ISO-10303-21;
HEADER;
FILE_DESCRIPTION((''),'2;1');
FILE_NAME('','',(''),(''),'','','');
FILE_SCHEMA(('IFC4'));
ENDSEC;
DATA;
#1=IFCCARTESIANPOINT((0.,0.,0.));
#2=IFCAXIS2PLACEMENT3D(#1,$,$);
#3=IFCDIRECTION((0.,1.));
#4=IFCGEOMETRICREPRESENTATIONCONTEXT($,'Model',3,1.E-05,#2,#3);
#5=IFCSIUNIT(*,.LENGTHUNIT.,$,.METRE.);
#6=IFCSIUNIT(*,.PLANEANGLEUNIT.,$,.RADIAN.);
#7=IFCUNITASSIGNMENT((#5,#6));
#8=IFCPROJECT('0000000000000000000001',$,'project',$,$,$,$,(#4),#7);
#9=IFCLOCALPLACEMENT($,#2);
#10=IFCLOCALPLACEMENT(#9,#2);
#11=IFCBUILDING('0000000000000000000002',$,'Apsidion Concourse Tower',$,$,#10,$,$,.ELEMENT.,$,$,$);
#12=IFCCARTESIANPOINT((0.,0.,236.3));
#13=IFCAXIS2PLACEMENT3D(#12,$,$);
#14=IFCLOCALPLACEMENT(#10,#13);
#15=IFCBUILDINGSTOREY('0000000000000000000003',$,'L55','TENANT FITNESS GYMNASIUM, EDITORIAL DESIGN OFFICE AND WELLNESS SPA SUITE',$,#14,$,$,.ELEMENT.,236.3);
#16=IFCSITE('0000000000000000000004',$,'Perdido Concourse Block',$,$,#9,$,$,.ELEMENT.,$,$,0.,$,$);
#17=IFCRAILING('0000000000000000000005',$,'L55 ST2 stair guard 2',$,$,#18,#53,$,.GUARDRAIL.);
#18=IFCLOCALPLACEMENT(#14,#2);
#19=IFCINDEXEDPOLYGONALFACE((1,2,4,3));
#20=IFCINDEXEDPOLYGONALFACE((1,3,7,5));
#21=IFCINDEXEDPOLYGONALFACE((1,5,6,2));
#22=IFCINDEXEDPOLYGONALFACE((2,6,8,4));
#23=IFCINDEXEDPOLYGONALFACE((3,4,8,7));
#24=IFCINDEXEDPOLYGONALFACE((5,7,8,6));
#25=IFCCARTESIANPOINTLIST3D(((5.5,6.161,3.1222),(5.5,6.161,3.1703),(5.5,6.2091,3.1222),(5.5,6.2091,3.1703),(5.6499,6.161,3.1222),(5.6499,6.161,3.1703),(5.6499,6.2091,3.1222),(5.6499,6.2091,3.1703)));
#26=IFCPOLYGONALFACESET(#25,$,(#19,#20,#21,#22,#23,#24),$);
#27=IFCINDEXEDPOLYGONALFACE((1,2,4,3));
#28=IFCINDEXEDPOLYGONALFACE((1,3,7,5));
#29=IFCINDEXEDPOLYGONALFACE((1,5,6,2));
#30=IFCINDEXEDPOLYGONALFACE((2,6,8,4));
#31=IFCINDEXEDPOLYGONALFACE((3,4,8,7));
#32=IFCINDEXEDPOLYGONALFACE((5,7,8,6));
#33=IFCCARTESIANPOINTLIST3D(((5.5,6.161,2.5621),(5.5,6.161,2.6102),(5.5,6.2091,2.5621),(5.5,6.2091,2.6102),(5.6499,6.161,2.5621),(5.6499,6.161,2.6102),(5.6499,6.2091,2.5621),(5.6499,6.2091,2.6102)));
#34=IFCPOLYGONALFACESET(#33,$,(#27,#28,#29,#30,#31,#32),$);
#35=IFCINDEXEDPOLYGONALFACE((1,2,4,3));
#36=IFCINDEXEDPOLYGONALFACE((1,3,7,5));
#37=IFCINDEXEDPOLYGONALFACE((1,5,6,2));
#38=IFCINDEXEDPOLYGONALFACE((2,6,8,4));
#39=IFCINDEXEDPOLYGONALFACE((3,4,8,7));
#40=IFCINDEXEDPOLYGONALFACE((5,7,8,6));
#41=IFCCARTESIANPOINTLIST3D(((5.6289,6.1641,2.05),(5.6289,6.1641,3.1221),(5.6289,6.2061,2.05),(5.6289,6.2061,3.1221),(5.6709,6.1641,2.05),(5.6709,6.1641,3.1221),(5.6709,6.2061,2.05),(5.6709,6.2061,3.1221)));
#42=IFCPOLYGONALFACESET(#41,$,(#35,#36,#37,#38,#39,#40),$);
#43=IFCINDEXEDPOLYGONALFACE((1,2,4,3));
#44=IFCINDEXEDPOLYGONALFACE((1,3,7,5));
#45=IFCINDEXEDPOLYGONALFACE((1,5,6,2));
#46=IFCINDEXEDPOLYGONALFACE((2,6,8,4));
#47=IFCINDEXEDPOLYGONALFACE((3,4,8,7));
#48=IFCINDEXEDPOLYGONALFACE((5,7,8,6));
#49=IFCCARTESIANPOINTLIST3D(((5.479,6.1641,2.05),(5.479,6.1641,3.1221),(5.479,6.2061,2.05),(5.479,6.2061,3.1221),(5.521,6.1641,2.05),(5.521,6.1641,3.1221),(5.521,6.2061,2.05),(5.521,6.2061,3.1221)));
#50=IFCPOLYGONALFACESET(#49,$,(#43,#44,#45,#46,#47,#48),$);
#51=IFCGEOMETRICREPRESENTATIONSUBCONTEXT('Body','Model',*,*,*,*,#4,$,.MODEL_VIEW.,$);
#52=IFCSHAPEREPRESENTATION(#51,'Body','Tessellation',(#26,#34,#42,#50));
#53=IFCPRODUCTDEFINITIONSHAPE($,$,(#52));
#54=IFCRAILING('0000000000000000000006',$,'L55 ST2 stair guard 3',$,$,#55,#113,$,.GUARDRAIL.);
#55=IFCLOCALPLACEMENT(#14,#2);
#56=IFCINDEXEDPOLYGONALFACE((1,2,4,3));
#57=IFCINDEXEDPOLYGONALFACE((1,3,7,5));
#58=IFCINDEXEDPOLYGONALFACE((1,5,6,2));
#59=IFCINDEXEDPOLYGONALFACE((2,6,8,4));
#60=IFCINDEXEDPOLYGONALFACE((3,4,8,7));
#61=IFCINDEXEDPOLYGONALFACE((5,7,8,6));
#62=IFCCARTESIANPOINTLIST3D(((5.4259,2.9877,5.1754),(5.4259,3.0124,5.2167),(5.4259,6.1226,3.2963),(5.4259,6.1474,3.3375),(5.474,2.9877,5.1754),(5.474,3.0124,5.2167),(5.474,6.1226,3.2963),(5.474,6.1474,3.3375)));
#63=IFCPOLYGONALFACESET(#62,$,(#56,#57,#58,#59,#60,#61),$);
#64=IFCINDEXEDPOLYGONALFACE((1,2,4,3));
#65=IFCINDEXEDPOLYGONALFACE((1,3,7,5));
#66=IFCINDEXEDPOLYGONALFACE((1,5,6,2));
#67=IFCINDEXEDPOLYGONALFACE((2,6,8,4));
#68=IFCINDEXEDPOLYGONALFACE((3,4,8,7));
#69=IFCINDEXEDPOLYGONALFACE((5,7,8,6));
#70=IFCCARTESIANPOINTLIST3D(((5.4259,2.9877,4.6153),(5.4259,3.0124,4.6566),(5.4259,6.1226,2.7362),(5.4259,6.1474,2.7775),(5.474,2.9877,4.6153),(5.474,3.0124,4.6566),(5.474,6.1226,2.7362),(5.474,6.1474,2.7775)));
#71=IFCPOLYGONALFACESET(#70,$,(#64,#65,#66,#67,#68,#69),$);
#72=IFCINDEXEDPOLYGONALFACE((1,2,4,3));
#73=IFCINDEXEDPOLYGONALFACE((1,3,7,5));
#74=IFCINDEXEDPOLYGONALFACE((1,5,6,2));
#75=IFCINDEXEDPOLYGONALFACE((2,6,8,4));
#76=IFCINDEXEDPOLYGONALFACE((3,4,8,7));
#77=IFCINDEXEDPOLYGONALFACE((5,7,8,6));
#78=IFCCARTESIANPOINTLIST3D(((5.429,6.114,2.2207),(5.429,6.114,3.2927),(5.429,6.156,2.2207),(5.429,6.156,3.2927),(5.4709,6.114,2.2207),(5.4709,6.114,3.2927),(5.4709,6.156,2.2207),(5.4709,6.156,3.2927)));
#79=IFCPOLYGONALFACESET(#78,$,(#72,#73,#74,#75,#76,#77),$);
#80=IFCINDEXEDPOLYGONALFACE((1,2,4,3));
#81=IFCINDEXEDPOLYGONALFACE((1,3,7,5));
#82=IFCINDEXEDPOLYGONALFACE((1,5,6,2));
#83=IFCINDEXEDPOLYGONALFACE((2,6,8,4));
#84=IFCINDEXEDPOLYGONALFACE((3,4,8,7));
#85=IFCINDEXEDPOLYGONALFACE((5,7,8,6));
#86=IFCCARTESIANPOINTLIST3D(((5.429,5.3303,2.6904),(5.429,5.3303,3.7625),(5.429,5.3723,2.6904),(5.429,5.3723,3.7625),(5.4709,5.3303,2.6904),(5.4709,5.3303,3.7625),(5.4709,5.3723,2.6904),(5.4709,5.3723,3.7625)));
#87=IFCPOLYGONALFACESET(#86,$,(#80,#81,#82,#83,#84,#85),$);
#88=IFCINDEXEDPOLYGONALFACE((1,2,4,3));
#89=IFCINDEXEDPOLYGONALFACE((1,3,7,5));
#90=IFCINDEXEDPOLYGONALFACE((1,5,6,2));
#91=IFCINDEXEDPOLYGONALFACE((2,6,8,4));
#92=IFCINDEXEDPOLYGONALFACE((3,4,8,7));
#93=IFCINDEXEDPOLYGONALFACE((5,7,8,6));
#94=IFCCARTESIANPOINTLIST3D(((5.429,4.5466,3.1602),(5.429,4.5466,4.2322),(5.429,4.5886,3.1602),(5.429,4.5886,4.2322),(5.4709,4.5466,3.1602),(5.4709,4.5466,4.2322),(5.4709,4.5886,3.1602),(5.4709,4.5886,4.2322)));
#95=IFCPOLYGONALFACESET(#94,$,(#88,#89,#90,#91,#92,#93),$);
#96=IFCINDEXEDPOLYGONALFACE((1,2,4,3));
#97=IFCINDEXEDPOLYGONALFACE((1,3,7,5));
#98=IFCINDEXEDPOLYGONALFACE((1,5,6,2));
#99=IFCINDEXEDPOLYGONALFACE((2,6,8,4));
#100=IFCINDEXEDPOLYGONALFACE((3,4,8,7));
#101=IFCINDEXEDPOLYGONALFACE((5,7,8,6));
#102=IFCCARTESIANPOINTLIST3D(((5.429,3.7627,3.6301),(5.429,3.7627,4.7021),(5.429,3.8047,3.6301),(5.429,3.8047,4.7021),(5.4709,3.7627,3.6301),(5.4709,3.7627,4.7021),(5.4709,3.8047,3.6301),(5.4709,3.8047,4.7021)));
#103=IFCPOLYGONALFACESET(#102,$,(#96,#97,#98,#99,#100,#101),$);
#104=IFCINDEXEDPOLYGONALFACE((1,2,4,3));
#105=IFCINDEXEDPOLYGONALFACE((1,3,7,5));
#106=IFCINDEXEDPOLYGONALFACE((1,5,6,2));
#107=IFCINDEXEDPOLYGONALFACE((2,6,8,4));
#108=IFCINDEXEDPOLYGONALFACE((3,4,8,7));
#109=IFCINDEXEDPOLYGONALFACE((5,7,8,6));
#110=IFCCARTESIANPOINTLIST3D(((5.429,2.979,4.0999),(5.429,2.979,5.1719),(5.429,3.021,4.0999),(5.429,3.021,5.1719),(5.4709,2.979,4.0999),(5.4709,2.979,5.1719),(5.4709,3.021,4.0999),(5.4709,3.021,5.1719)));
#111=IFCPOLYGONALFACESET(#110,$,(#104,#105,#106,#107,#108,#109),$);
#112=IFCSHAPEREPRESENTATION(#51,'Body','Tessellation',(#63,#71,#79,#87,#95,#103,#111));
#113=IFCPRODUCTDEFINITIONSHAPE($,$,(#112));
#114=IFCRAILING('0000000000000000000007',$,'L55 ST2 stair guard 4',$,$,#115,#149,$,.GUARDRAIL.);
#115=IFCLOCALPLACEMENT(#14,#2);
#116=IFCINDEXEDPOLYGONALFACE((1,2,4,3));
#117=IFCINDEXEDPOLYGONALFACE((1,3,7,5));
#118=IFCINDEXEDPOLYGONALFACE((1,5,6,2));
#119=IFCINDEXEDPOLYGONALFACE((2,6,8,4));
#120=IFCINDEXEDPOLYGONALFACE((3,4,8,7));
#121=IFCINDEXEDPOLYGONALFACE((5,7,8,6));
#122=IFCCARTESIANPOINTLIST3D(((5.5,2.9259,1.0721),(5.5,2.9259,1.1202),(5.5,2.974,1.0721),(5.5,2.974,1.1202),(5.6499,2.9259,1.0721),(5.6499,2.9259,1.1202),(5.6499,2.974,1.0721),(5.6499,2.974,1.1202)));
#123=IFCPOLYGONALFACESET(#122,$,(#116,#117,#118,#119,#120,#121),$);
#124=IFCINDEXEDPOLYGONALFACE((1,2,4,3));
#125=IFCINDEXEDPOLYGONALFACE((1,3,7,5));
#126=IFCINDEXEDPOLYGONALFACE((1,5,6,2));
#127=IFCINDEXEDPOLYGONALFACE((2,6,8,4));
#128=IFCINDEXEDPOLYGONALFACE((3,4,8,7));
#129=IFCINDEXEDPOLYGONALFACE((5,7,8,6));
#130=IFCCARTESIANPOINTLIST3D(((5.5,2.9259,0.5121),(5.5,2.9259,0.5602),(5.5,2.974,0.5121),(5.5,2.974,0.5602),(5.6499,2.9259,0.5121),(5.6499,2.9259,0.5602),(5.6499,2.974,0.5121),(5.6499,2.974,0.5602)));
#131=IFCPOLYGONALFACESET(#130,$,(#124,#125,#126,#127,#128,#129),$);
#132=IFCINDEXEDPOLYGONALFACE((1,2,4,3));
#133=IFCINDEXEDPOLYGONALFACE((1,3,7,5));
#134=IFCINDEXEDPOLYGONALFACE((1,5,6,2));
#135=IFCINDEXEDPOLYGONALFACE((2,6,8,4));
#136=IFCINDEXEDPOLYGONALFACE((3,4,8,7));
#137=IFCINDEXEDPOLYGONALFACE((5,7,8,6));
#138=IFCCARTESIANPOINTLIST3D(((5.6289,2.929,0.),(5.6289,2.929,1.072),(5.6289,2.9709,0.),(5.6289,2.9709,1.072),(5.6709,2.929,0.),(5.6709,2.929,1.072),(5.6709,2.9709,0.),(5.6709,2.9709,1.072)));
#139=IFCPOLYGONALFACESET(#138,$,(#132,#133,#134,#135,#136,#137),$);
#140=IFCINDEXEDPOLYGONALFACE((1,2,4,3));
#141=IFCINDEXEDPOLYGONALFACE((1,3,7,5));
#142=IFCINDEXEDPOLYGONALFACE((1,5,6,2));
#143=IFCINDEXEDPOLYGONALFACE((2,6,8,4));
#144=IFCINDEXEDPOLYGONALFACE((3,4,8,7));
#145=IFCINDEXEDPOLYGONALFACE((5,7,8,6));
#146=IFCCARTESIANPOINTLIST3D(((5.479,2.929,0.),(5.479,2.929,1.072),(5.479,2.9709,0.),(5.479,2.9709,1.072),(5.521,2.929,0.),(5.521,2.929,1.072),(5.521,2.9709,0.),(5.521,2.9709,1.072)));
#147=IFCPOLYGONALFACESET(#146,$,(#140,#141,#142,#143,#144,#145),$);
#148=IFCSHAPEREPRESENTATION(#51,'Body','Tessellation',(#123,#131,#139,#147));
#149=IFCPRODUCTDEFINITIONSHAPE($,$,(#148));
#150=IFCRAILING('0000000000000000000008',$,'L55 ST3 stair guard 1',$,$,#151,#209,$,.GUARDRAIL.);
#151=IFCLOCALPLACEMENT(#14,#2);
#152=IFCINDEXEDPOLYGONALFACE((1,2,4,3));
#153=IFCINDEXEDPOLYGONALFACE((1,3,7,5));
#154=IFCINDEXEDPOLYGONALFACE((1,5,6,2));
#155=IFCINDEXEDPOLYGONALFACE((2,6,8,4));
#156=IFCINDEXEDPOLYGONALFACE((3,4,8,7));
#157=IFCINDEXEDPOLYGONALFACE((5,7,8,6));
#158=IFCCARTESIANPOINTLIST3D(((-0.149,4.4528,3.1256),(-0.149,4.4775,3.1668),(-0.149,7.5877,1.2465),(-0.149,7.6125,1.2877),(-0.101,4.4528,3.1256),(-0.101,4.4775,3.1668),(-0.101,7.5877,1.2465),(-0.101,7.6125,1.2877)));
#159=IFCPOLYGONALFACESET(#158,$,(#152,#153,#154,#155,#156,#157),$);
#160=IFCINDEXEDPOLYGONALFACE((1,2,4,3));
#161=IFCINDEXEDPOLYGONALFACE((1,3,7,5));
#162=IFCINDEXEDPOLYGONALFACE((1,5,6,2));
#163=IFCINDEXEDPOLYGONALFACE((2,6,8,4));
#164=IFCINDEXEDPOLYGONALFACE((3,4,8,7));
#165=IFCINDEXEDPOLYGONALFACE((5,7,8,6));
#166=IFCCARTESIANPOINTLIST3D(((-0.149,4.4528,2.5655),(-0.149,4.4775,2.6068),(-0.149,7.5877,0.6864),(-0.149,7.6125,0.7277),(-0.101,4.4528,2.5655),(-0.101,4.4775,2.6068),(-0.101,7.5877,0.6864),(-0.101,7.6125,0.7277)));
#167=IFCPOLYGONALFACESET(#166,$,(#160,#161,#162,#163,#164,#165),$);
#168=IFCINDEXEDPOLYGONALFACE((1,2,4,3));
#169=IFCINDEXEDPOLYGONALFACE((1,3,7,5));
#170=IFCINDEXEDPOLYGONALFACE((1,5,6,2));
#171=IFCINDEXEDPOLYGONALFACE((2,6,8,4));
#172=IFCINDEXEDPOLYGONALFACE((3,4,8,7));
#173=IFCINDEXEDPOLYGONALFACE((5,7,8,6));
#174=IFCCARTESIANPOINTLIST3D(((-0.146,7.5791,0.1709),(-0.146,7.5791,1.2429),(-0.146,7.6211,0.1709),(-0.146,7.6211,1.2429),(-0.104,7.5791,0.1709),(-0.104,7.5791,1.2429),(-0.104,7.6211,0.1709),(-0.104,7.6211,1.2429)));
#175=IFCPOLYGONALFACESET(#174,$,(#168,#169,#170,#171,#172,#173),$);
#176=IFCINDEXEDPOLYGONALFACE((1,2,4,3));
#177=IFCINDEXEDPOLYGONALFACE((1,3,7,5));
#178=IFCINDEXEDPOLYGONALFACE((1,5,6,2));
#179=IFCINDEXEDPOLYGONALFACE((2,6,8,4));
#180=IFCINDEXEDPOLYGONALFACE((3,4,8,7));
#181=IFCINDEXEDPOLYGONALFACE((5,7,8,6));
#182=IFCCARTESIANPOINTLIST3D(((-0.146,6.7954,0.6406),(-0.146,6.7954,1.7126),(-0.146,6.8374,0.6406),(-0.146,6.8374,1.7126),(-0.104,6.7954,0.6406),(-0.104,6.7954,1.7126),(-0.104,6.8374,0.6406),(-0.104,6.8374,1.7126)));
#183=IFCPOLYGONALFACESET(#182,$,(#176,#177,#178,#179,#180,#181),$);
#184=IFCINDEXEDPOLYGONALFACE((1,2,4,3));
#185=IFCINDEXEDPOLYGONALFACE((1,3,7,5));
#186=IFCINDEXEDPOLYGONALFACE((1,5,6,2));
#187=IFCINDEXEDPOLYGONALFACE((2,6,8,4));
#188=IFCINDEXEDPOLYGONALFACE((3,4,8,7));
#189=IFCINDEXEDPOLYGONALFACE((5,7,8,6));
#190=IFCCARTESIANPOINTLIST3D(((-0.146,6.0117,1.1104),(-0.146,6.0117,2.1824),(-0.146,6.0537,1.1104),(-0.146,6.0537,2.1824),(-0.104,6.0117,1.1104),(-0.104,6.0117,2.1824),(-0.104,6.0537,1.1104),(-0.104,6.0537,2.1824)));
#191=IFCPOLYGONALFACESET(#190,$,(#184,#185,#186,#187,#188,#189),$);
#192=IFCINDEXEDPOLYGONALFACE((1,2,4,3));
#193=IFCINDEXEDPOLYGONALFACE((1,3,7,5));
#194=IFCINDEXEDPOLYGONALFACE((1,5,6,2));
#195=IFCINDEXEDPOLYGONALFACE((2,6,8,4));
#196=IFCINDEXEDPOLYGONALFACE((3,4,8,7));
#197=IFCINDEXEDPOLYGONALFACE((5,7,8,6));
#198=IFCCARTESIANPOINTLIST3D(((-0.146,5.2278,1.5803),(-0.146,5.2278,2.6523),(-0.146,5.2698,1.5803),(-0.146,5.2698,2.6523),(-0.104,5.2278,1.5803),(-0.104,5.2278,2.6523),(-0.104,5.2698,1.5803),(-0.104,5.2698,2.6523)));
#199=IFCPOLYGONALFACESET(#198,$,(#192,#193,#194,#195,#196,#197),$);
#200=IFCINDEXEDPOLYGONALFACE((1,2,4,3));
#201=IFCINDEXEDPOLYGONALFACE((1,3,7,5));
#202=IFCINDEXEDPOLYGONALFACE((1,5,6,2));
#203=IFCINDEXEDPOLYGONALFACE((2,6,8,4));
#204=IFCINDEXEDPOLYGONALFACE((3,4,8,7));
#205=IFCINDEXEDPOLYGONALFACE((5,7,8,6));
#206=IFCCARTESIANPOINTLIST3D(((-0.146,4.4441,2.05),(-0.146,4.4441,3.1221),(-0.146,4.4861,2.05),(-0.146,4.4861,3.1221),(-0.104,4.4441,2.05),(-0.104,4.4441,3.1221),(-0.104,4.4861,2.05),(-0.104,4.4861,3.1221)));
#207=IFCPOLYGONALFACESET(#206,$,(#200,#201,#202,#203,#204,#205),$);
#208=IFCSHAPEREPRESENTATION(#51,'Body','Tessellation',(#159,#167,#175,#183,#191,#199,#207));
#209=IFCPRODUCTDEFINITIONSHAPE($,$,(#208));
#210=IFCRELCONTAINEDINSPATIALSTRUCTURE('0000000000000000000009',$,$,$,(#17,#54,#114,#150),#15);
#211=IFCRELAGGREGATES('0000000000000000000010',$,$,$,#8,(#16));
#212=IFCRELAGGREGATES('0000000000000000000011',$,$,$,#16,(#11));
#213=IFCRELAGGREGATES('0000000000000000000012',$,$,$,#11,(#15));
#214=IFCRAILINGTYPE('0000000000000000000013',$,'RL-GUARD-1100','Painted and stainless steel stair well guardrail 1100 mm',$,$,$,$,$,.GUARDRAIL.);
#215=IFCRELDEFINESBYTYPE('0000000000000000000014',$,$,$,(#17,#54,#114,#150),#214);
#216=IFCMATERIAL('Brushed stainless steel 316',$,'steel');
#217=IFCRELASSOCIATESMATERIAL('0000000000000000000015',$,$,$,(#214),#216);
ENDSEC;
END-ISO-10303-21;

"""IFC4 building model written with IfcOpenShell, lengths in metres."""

from ifc_helpers import new_model, si_unit, direction, frame, origin, origin_2d, place, context, subcontext, project, spatial, rectangle, extrude, material, type_object, element, save


model = new_model("IFC4")

# Units and contexts
model_context = context("Model", 3, precision=1e-05, world=origin(), true_north=direction((0.0, 1.0)))
body_context = subcontext(model_context, "Body", "Model", "MODEL_VIEW")
ifc_project = project(units=[si_unit("LENGTHUNIT", "METRE"), si_unit("PLANEANGLEUNIT", "RADIAN")], contexts=[model_context])

# Site, building, storey
site_placement = place(None, origin())
site = spatial("IfcSite", under=ifc_project, at=site_placement, Name="Perdido Concourse Block", CompositionType="ELEMENT", RefElevation=0.0)
building_placement = place(site_placement, origin())
building = spatial("IfcBuilding", under=site, at=building_placement, Name="Apsidion Concourse Tower", CompositionType="ELEMENT")
storey_placement = place(building_placement, frame((0.0, 0.0, 236.3)))
storey = spatial("IfcBuildingStorey", under=building, at=storey_placement, Name="L55", Description="TENANT FITNESS GYMNASIUM, EDITORIAL DESIGN OFFICE AND WELLNESS SPA SUITE", CompositionType="ELEMENT", Elevation=236.3)

# Railings
ifc_material_1 = material(Name="Brushed stainless steel 316", Category="steel")
railing_type_1 = type_object("IfcRailingType", Name="RL-GUARD-1100", Description="Painted and stainless steel stair well guardrail 1100 mm", PredefinedType="GUARDRAIL", material=ifc_material_1)
railing_1_placement = place(storey_placement, frame((5.6499, 6.1851, 2.05)))
element("IfcRailing", 1, at=railing_1_placement, inside=storey, type_object=railing_type_1, Name="L55 ST2 stair guard 2", PredefinedType="GUARDRAIL", context=body_context, shape_type="SweptSolid", body=[
    extrude(rectangle(XDim=0.0481, YDim=0.0481, at=origin_2d()), frame((0.0, 0.0, 1.0962), z_axis=(-1.0, 0.0, 0.0), x_axis=(0.0, -1.0, 0.0)), (0.0, 0.0, 1.0), 0.1499),
    extrude(rectangle(XDim=0.0481, YDim=0.0481, at=origin_2d()), frame((0.0, 0.0, 0.5361), z_axis=(-1.0, 0.0, 0.0), x_axis=(0.0, -1.0, 0.0)), (0.0, 0.0, 1.0), 0.1499),
    extrude(rectangle(XDim=0.042, YDim=0.042, at=origin_2d()), origin(), (0.0, 0.0, 1.0), 1.072),
    extrude(rectangle(XDim=0.042, YDim=0.042, at=origin_2d()), frame((-0.1499, 0.0, 0.0)), (0.0, 0.0, 1.0), 1.072),
])
railing_2_placement = place(storey_placement, frame((5.45, 6.135, 2.2207)))
element("IfcRailing", 2, at=railing_2_placement, inside=storey, type_object=railing_type_1, Name="L55 ST2 stair guard 3", PredefinedType="GUARDRAIL", context=body_context, shape_type="SweptSolid", body=[
    extrude(rectangle(XDim=0.0481, YDim=0.0481, at=origin_2d()), frame((0.0, 0.0, 1.0962), z_axis=(0.0, -0.857717, 0.514122), x_axis=(1.0, 0.0, 0.0)), (0.0, 0.0, 1.0), 3.655),
    extrude(rectangle(XDim=0.0481, YDim=0.0481, at=origin_2d()), frame((0.0, 0.0, 0.5361), z_axis=(0.0, -0.857717, 0.514122), x_axis=(1.0, 0.0, 0.0)), (0.0, 0.0, 1.0), 3.655),
    extrude(rectangle(XDim=0.042, YDim=0.042, at=origin_2d()), origin(), (0.0, 0.0, 1.0), 1.072),
    extrude(rectangle(XDim=0.042, YDim=0.042, at=origin_2d()), frame((0.0, -0.7837, 0.4697)), (0.0, 0.0, 1.0), 1.072),
    extrude(rectangle(XDim=0.042, YDim=0.042, at=origin_2d()), frame((0.0, -1.5674, 0.9395)), (0.0, 0.0, 1.0), 1.072),
    extrude(rectangle(XDim=0.042, YDim=0.042, at=origin_2d()), frame((0.0, -2.3513, 1.4094)), (0.0, 0.0, 1.0), 1.072),
    extrude(rectangle(XDim=0.042, YDim=0.042, at=origin_2d()), frame((0.0, -3.135, 1.8792)), (0.0, 0.0, 1.0), 1.072),
])
railing_3_placement = place(storey_placement, frame((5.6499, 2.95, 0.0)))
element("IfcRailing", 3, at=railing_3_placement, inside=storey, type_object=railing_type_1, Name="L55 ST2 stair guard 4", PredefinedType="GUARDRAIL", context=body_context, shape_type="SweptSolid", body=[
    extrude(rectangle(XDim=0.0481, YDim=0.0481, at=origin_2d()), frame((0.0, 0.0, 1.0962), z_axis=(-1.0, 0.0, 0.0), x_axis=(0.0, -1.0, 0.0)), (0.0, 0.0, 1.0), 0.1499),
    extrude(rectangle(XDim=0.0481, YDim=0.0481, at=origin_2d()), frame((0.0, 0.0, 0.5361), z_axis=(-1.0, 0.0, 0.0), x_axis=(0.0, -1.0, 0.0)), (0.0, 0.0, 1.0), 0.1499),
    extrude(rectangle(XDim=0.042, YDim=0.042, at=origin_2d()), origin(), (0.0, 0.0, 1.0), 1.072),
    extrude(rectangle(XDim=0.042, YDim=0.042, at=origin_2d()), frame((-0.1499, 0.0, 0.0)), (0.0, 0.0, 1.0), 1.072),
])
railing_4_placement = place(storey_placement, frame((-0.125, 7.6001, 0.1709)))
element("IfcRailing", 4, at=railing_4_placement, inside=storey, type_object=railing_type_1, Name="L55 ST3 stair guard 1", PredefinedType="GUARDRAIL", context=body_context, shape_type="SweptSolid", body=[
    extrude(rectangle(XDim=0.0481, YDim=0.0481, at=origin_2d()), frame((0.0, 0.0, 1.0962), z_axis=(0.0, -0.857717, 0.514122), x_axis=(1.0, 0.0, 0.0)), (0.0, 0.0, 1.0), 3.655),
    extrude(rectangle(XDim=0.0481, YDim=0.0481, at=origin_2d()), frame((0.0, 0.0, 0.5361), z_axis=(0.0, -0.857717, 0.514122), x_axis=(1.0, 0.0, 0.0)), (0.0, 0.0, 1.0), 3.655),
    extrude(rectangle(XDim=0.042, YDim=0.042, at=origin_2d()), origin(), (0.0, 0.0, 1.0), 1.072),
    extrude(rectangle(XDim=0.042, YDim=0.042, at=origin_2d()), frame((0.0, -0.7837, 0.4697)), (0.0, 0.0, 1.0), 1.072),
    extrude(rectangle(XDim=0.042, YDim=0.042, at=origin_2d()), frame((0.0, -1.5674, 0.9395)), (0.0, 0.0, 1.0), 1.072),
    extrude(rectangle(XDim=0.042, YDim=0.042, at=origin_2d()), frame((0.0, -2.3513, 1.4094)), (0.0, 0.0, 1.0), 1.072),
    extrude(rectangle(XDim=0.042, YDim=0.042, at=origin_2d()), frame((0.0, -3.135, 1.8792)), (0.0, 0.0, 1.0), 1.072),
])

save(model, "model.ifc")
